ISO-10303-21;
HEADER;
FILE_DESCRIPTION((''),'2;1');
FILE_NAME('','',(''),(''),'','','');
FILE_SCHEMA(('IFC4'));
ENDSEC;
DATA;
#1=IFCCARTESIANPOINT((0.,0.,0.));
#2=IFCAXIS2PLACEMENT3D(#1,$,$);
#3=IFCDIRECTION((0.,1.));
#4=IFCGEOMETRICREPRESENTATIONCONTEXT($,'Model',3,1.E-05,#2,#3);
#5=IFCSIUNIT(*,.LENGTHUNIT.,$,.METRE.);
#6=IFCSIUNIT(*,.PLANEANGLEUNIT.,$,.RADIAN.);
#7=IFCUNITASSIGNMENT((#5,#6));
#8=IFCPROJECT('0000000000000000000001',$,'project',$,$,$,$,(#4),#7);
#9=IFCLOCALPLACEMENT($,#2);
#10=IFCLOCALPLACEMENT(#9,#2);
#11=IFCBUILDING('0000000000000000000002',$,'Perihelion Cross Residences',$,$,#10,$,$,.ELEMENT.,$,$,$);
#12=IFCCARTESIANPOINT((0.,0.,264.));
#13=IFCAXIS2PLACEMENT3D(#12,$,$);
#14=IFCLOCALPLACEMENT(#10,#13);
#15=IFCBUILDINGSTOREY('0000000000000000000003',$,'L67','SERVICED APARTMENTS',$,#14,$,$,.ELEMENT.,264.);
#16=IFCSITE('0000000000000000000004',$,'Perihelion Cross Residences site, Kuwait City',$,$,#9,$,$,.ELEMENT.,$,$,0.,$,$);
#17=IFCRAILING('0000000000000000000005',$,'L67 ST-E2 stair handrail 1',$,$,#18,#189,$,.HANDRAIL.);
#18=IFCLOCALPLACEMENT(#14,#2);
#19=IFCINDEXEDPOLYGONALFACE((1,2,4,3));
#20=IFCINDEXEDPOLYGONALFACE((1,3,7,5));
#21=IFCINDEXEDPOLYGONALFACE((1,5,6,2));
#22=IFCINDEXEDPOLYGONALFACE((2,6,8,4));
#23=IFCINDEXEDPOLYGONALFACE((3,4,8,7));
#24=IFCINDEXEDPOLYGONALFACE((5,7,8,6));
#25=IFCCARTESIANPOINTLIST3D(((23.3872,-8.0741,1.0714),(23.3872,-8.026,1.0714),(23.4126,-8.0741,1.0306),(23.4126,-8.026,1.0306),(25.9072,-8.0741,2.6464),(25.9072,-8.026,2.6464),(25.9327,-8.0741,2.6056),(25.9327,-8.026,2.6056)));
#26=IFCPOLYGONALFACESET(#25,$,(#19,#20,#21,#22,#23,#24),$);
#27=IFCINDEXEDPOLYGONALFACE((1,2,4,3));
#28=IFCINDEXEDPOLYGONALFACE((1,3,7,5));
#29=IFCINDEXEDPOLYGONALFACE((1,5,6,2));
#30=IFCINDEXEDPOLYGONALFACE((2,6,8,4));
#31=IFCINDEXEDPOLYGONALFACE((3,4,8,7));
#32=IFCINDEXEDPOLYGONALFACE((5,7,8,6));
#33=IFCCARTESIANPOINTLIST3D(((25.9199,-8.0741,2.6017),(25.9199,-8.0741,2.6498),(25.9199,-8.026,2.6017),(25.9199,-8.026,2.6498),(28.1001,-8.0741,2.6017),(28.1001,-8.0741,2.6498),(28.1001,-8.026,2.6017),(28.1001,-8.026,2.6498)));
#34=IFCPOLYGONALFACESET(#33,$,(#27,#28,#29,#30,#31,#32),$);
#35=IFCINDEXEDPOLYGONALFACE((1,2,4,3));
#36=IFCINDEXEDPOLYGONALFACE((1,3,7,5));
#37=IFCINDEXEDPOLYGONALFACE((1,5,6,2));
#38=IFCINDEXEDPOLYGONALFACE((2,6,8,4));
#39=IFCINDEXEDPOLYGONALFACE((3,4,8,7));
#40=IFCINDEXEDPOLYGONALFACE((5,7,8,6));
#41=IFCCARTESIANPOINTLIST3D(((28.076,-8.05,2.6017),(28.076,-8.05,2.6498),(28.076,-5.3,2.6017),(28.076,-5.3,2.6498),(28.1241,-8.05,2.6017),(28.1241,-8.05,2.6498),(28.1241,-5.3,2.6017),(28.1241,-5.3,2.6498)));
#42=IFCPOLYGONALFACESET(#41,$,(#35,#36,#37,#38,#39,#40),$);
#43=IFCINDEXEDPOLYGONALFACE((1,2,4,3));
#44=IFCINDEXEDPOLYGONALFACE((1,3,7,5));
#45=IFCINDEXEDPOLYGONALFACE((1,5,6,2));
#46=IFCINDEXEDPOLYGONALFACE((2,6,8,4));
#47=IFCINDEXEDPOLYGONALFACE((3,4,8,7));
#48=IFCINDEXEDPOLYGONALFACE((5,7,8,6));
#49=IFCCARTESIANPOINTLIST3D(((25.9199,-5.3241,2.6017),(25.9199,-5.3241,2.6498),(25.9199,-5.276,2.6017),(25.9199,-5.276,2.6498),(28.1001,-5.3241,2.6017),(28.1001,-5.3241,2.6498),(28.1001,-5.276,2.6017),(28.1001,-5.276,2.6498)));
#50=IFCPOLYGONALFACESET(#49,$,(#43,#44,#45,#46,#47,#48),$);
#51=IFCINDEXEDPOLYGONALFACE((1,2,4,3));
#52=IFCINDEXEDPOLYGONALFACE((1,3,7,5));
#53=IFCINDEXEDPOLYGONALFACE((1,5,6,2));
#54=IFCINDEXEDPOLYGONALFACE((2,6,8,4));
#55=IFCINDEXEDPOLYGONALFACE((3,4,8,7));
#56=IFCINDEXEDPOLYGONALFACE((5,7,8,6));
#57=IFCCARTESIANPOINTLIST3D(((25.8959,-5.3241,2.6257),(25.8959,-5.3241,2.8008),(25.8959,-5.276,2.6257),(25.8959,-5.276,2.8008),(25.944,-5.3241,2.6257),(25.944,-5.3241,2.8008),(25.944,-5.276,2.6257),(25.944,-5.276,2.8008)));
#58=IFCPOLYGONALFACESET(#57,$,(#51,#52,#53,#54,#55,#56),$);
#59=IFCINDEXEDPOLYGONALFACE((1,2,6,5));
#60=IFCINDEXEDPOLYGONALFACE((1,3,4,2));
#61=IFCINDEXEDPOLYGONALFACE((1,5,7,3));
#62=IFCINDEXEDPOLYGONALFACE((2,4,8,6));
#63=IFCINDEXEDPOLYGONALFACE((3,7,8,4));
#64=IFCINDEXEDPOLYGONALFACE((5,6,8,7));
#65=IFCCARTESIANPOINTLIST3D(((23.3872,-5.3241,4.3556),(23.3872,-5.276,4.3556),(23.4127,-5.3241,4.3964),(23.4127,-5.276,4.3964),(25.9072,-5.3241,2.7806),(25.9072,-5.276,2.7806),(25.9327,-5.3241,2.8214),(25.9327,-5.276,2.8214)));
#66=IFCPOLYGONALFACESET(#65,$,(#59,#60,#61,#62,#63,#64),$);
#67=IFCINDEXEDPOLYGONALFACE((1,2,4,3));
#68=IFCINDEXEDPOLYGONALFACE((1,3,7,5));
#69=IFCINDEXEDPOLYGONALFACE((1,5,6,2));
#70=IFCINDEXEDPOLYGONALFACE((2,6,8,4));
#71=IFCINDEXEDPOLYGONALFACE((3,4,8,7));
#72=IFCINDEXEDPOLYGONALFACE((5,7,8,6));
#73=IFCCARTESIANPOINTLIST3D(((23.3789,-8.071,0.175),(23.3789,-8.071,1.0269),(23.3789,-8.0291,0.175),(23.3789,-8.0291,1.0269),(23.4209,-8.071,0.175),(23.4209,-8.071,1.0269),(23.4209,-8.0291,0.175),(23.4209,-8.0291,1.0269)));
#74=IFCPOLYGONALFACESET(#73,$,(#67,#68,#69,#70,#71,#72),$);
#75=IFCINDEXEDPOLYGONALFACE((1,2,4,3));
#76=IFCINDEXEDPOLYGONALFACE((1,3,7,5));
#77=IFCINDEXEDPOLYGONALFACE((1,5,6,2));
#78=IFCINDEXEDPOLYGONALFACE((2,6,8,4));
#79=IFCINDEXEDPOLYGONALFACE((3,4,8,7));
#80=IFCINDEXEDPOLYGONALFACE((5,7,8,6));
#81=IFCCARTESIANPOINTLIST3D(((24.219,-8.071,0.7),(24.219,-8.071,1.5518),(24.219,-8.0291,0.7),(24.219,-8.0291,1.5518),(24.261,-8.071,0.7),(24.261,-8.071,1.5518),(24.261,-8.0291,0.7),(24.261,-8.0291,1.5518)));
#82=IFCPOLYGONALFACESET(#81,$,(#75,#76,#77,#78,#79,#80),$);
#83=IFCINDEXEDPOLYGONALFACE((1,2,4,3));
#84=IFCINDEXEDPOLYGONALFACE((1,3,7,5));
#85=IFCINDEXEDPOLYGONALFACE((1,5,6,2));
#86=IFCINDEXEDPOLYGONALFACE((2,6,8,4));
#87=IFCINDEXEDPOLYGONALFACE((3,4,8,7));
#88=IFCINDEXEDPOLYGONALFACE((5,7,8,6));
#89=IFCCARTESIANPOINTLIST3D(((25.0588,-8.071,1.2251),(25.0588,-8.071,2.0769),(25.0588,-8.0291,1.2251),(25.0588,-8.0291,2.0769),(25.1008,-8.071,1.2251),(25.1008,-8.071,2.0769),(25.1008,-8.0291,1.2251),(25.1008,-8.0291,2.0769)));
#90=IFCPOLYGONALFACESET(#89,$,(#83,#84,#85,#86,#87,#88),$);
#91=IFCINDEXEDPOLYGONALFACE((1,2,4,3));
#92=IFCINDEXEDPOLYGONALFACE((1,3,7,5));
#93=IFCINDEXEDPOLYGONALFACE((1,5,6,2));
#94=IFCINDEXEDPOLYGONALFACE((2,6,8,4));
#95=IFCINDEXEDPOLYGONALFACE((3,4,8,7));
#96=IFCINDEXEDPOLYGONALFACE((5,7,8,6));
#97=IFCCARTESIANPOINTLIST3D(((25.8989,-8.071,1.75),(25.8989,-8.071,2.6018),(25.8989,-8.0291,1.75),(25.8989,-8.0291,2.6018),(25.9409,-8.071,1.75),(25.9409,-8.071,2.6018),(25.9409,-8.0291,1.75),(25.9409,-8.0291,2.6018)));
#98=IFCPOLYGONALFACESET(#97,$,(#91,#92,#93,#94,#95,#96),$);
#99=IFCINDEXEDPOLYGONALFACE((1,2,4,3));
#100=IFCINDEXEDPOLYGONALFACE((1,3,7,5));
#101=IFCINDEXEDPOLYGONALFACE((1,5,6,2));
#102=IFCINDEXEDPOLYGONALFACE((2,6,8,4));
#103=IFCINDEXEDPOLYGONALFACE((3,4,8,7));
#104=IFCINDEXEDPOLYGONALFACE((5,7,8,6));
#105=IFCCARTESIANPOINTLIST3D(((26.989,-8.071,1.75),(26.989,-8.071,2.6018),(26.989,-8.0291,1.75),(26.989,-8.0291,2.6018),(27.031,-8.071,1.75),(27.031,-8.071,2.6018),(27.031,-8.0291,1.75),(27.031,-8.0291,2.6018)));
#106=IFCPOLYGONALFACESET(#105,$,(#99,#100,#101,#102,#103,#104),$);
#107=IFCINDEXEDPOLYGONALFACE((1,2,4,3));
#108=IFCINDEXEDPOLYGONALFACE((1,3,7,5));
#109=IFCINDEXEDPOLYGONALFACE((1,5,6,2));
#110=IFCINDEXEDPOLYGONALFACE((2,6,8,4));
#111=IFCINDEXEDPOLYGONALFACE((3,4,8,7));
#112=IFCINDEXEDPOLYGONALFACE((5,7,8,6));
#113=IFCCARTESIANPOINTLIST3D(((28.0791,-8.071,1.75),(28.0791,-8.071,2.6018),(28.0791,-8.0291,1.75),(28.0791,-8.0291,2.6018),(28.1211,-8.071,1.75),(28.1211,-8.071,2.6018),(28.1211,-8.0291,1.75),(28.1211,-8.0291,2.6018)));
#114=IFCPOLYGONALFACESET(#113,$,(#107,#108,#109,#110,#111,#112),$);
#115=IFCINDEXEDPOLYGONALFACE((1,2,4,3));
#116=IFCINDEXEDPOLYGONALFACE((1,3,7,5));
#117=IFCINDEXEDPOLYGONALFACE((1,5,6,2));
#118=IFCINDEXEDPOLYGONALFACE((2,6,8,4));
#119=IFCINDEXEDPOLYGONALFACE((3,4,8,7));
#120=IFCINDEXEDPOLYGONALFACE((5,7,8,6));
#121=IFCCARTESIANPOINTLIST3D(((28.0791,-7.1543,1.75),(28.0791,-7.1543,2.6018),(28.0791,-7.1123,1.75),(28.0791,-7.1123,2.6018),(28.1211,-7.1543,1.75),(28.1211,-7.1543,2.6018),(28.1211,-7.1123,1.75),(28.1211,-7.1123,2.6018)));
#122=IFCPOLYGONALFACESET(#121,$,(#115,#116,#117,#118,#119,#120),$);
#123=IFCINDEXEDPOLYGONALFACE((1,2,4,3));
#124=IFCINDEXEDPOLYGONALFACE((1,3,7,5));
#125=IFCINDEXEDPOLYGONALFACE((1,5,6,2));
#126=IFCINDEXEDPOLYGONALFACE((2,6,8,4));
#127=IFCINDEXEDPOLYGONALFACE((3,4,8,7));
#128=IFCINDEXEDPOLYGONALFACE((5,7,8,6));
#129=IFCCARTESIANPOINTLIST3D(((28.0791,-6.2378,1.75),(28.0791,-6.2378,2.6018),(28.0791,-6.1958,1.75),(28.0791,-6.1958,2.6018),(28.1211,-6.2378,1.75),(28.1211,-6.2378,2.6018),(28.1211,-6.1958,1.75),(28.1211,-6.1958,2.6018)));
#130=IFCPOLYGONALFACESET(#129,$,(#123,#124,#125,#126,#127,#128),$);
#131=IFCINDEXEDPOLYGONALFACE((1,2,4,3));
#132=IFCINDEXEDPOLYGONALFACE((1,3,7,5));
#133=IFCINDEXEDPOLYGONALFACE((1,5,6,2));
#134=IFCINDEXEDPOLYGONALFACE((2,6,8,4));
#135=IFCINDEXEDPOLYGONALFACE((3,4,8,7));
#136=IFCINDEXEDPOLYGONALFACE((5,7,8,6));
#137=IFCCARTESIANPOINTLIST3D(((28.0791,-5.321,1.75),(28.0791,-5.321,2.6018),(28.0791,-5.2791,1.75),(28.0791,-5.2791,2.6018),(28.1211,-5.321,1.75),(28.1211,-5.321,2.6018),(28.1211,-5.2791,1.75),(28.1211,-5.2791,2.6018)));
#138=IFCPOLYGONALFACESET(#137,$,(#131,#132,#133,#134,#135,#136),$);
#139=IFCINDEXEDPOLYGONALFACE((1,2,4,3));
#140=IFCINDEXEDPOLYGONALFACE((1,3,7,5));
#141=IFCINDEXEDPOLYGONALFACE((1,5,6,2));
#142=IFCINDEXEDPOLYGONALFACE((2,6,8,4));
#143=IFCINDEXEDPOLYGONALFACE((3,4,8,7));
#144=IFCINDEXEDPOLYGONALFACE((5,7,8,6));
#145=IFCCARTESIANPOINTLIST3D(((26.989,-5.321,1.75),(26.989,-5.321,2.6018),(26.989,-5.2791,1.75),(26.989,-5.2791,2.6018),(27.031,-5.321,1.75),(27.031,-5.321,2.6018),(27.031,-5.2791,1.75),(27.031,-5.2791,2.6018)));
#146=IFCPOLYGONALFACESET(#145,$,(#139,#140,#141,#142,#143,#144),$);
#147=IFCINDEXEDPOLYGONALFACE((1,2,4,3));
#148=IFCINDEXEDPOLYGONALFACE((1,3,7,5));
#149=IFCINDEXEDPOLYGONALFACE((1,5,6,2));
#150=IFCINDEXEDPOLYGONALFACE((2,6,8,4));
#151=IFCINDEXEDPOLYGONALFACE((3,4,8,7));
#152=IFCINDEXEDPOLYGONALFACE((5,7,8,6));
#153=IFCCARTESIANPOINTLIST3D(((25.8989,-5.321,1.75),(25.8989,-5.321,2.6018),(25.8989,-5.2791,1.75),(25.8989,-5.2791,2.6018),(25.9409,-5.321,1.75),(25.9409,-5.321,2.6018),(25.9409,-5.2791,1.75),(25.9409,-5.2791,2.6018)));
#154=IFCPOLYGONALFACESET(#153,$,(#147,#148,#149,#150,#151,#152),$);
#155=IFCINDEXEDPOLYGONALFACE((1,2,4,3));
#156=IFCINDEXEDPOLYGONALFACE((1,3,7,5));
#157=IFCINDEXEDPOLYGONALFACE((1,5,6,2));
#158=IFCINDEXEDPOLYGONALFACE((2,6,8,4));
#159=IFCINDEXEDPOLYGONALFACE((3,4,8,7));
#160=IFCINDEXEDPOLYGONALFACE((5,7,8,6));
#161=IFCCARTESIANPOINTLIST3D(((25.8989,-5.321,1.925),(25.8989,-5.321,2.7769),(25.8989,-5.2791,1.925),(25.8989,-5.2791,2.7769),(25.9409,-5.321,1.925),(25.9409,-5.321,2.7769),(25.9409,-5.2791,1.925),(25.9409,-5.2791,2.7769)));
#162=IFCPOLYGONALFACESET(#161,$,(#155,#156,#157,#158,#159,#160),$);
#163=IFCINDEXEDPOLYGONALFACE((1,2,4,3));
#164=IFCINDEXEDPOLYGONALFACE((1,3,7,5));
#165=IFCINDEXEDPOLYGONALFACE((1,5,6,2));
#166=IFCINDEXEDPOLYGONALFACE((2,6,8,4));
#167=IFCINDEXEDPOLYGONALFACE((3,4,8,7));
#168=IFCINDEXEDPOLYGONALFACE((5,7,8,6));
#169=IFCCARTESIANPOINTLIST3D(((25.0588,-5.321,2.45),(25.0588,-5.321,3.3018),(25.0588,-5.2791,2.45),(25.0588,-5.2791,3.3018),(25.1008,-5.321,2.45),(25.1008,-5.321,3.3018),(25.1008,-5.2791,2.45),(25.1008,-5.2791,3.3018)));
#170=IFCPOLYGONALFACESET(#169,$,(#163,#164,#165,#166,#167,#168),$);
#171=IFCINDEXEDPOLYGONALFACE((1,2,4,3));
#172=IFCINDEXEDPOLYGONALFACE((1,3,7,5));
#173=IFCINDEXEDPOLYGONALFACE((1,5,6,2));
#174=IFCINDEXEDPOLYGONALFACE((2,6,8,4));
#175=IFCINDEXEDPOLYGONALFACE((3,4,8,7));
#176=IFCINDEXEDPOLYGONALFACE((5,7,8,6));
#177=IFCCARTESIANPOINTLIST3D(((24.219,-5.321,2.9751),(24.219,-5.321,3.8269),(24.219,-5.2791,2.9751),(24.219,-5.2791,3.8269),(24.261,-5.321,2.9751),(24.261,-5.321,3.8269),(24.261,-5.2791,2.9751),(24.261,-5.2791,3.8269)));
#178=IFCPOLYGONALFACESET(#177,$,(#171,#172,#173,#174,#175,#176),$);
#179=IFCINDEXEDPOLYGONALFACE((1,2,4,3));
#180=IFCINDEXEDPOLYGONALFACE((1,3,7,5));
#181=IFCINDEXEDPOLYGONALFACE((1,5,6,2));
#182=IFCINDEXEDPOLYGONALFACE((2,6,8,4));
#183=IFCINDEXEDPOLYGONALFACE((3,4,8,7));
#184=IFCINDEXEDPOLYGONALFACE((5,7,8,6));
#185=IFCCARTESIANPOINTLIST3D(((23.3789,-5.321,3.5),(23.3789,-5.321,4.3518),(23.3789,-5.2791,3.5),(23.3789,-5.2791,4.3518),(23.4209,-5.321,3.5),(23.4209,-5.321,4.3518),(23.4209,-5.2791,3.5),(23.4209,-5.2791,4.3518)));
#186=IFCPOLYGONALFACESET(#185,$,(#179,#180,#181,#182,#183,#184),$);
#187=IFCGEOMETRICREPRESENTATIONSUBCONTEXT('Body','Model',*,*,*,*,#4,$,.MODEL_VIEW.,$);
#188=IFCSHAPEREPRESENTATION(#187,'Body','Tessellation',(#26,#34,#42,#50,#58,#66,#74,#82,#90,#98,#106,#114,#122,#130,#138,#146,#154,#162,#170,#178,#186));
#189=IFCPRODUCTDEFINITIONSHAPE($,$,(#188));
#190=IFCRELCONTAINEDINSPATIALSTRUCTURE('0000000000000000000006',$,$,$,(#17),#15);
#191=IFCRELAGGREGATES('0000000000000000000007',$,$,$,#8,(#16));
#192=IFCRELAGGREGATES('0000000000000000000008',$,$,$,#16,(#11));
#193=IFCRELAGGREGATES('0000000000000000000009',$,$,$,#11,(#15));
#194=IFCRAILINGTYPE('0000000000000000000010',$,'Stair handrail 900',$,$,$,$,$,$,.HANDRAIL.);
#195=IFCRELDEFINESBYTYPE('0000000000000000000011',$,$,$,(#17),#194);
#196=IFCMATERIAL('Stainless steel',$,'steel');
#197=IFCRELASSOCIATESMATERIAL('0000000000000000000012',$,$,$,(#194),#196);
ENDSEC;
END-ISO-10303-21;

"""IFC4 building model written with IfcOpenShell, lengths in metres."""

from ifc_helpers import new_model, si_unit, direction, frame, origin, origin_2d, place, context, subcontext, project, spatial, rectangle, extrude, material, type_object, element, save


model = new_model("IFC4")

# Units and contexts
model_context = context("Model", 3, precision=1e-05, world=origin(), true_north=direction((0.0, 1.0)))
body_context = subcontext(model_context, "Body", "Model", "MODEL_VIEW")
ifc_project = project(units=[si_unit("LENGTHUNIT", "METRE"), si_unit("PLANEANGLEUNIT", "RADIAN")], contexts=[model_context])

# Site, building, storey
site_placement = place(None, origin())
site = spatial("IfcSite", under=ifc_project, at=site_placement, Name="Perihelion Cross Residences site, Kuwait City", CompositionType="ELEMENT", RefElevation=0.0)
building_placement = place(site_placement, origin())
building = spatial("IfcBuilding", under=site, at=building_placement, Name="Perihelion Cross Residences", CompositionType="ELEMENT")
storey_placement = place(building_placement, frame((0.0, 0.0, 264.0)))
storey = spatial("IfcBuildingStorey", under=building, at=storey_placement, Name="L67", Description="SERVICED APARTMENTS", CompositionType="ELEMENT", Elevation=264.0)

# Railing
ifc_material_1 = material(Name="Stainless steel", Category="steel")
railing_type_1 = type_object("IfcRailingType", Name="Stair handrail 900", PredefinedType="HANDRAIL", material=ifc_material_1)
railing_1_placement = place(storey_placement, frame((23.3999, -8.05, 0.175)))
element("IfcRailing", 1, at=railing_1_placement, inside=storey, type_object=railing_type_1, Name="L67 ST-E2 stair handrail 1", PredefinedType="HANDRAIL", context=body_context, shape_type="SweptSolid", body=[
    extrude(rectangle(XDim=0.0481, YDim=0.0481, at=origin_2d()), frame((0.0, 0.0, 0.876), z_axis=(0.848008, 0.0, 0.529984), x_axis=(0.0, 1.0, 0.0)), (0.0, 0.0, 1.0), 2.9717),
    extrude(rectangle(XDim=0.0481, YDim=0.0481, at=origin_2d()), frame((2.52, 0.0, 2.4507), z_axis=(1.0, 0.0, 0.0), x_axis=(0.0, 1.0, 0.0)), (0.0, 0.0, 1.0), 2.1802),
    extrude(rectangle(XDim=0.0481, YDim=0.0481, at=origin_2d()), frame((4.7002, 0.0, 2.4507), z_axis=(0.0, 1.0, 0.0), x_axis=(-1.0, 0.0, 0.0)), (0.0, 0.0, 1.0), 2.75),
    extrude(rectangle(XDim=0.0481, YDim=0.0481, at=origin_2d()), frame((4.7002, 2.75, 2.4507), z_axis=(-1.0, 0.0, 0.0), x_axis=(0.0, -1.0, 0.0)), (0.0, 0.0, 1.0), 2.1802),
    extrude(rectangle(XDim=0.0481, YDim=0.0481, at=origin_2d()), frame((2.52, 2.75, 2.4507), z_axis=(0.0, 0.0, 1.0), x_axis=(1.0, 0.0, 0.0)), (0.0, 0.0, 1.0), 0.175),
    extrude(rectangle(XDim=0.0481, YDim=0.0481, at=origin_2d()), frame((2.52, 2.75, 2.626), z_axis=(-0.848008, 0.0, 0.529984), x_axis=(0.0, -1.0, 0.0)), (0.0, 0.0, 1.0), 2.9717),
    extrude(rectangle(XDim=0.042, YDim=0.042, at=origin_2d()), origin(), (0.0, 0.0, 1.0), 0.8518),
    extrude(rectangle(XDim=0.042, YDim=0.042, at=origin_2d()), frame((0.8401, 0.0, 0.5249)), (0.0, 0.0, 1.0), 0.8518),
    extrude(rectangle(XDim=0.042, YDim=0.042, at=origin_2d()), frame((1.6799, 0.0, 1.05)), (0.0, 0.0, 1.0), 0.8518),
    extrude(rectangle(XDim=0.042, YDim=0.042, at=origin_2d()), frame((2.52, 0.0, 1.575)), (0.0, 0.0, 1.0), 0.8518),
    extrude(rectangle(XDim=0.042, YDim=0.042, at=origin_2d()), frame((3.6101, 0.0, 1.575)), (0.0, 0.0, 1.0), 0.8518),
    extrude(rectangle(XDim=0.042, YDim=0.042, at=origin_2d()), frame((4.7002, 0.0, 1.575)), (0.0, 0.0, 1.0), 0.8518),
    extrude(rectangle(XDim=0.042, YDim=0.042, at=origin_2d()), frame((4.7002, 0.9167, 1.575)), (0.0, 0.0, 1.0), 0.8518),
    extrude(rectangle(XDim=0.042, YDim=0.042, at=origin_2d()), frame((4.7002, 1.8333, 1.575)), (0.0, 0.0, 1.0), 0.8518),
    extrude(rectangle(XDim=0.042, YDim=0.042, at=origin_2d()), frame((4.7002, 2.75, 1.575)), (0.0, 0.0, 1.0), 0.8518),
    extrude(rectangle(XDim=0.042, YDim=0.042, at=origin_2d()), frame((3.6101, 2.75, 1.575)), (0.0, 0.0, 1.0), 0.8518),
    extrude(rectangle(XDim=0.042, YDim=0.042, at=origin_2d()), frame((2.52, 2.75, 1.575)), (0.0, 0.0, 1.0), 0.8518),
    extrude(rectangle(XDim=0.042, YDim=0.042, at=origin_2d()), frame((2.52, 2.75, 1.75)), (0.0, 0.0, 1.0), 0.8518),
    extrude(rectangle(XDim=0.042, YDim=0.042, at=origin_2d()), frame((1.6799, 2.75, 2.2749)), (0.0, 0.0, 1.0), 0.8518),
    extrude(rectangle(XDim=0.042, YDim=0.042, at=origin_2d()), frame((0.8401, 2.75, 2.8)), (0.0, 0.0, 1.0), 0.8518),
    extrude(rectangle(XDim=0.042, YDim=0.042, at=origin_2d()), frame((0.0, 2.75, 3.325)), (0.0, 0.0, 1.0), 0.8518),
])

save(model, "model.ifc")
